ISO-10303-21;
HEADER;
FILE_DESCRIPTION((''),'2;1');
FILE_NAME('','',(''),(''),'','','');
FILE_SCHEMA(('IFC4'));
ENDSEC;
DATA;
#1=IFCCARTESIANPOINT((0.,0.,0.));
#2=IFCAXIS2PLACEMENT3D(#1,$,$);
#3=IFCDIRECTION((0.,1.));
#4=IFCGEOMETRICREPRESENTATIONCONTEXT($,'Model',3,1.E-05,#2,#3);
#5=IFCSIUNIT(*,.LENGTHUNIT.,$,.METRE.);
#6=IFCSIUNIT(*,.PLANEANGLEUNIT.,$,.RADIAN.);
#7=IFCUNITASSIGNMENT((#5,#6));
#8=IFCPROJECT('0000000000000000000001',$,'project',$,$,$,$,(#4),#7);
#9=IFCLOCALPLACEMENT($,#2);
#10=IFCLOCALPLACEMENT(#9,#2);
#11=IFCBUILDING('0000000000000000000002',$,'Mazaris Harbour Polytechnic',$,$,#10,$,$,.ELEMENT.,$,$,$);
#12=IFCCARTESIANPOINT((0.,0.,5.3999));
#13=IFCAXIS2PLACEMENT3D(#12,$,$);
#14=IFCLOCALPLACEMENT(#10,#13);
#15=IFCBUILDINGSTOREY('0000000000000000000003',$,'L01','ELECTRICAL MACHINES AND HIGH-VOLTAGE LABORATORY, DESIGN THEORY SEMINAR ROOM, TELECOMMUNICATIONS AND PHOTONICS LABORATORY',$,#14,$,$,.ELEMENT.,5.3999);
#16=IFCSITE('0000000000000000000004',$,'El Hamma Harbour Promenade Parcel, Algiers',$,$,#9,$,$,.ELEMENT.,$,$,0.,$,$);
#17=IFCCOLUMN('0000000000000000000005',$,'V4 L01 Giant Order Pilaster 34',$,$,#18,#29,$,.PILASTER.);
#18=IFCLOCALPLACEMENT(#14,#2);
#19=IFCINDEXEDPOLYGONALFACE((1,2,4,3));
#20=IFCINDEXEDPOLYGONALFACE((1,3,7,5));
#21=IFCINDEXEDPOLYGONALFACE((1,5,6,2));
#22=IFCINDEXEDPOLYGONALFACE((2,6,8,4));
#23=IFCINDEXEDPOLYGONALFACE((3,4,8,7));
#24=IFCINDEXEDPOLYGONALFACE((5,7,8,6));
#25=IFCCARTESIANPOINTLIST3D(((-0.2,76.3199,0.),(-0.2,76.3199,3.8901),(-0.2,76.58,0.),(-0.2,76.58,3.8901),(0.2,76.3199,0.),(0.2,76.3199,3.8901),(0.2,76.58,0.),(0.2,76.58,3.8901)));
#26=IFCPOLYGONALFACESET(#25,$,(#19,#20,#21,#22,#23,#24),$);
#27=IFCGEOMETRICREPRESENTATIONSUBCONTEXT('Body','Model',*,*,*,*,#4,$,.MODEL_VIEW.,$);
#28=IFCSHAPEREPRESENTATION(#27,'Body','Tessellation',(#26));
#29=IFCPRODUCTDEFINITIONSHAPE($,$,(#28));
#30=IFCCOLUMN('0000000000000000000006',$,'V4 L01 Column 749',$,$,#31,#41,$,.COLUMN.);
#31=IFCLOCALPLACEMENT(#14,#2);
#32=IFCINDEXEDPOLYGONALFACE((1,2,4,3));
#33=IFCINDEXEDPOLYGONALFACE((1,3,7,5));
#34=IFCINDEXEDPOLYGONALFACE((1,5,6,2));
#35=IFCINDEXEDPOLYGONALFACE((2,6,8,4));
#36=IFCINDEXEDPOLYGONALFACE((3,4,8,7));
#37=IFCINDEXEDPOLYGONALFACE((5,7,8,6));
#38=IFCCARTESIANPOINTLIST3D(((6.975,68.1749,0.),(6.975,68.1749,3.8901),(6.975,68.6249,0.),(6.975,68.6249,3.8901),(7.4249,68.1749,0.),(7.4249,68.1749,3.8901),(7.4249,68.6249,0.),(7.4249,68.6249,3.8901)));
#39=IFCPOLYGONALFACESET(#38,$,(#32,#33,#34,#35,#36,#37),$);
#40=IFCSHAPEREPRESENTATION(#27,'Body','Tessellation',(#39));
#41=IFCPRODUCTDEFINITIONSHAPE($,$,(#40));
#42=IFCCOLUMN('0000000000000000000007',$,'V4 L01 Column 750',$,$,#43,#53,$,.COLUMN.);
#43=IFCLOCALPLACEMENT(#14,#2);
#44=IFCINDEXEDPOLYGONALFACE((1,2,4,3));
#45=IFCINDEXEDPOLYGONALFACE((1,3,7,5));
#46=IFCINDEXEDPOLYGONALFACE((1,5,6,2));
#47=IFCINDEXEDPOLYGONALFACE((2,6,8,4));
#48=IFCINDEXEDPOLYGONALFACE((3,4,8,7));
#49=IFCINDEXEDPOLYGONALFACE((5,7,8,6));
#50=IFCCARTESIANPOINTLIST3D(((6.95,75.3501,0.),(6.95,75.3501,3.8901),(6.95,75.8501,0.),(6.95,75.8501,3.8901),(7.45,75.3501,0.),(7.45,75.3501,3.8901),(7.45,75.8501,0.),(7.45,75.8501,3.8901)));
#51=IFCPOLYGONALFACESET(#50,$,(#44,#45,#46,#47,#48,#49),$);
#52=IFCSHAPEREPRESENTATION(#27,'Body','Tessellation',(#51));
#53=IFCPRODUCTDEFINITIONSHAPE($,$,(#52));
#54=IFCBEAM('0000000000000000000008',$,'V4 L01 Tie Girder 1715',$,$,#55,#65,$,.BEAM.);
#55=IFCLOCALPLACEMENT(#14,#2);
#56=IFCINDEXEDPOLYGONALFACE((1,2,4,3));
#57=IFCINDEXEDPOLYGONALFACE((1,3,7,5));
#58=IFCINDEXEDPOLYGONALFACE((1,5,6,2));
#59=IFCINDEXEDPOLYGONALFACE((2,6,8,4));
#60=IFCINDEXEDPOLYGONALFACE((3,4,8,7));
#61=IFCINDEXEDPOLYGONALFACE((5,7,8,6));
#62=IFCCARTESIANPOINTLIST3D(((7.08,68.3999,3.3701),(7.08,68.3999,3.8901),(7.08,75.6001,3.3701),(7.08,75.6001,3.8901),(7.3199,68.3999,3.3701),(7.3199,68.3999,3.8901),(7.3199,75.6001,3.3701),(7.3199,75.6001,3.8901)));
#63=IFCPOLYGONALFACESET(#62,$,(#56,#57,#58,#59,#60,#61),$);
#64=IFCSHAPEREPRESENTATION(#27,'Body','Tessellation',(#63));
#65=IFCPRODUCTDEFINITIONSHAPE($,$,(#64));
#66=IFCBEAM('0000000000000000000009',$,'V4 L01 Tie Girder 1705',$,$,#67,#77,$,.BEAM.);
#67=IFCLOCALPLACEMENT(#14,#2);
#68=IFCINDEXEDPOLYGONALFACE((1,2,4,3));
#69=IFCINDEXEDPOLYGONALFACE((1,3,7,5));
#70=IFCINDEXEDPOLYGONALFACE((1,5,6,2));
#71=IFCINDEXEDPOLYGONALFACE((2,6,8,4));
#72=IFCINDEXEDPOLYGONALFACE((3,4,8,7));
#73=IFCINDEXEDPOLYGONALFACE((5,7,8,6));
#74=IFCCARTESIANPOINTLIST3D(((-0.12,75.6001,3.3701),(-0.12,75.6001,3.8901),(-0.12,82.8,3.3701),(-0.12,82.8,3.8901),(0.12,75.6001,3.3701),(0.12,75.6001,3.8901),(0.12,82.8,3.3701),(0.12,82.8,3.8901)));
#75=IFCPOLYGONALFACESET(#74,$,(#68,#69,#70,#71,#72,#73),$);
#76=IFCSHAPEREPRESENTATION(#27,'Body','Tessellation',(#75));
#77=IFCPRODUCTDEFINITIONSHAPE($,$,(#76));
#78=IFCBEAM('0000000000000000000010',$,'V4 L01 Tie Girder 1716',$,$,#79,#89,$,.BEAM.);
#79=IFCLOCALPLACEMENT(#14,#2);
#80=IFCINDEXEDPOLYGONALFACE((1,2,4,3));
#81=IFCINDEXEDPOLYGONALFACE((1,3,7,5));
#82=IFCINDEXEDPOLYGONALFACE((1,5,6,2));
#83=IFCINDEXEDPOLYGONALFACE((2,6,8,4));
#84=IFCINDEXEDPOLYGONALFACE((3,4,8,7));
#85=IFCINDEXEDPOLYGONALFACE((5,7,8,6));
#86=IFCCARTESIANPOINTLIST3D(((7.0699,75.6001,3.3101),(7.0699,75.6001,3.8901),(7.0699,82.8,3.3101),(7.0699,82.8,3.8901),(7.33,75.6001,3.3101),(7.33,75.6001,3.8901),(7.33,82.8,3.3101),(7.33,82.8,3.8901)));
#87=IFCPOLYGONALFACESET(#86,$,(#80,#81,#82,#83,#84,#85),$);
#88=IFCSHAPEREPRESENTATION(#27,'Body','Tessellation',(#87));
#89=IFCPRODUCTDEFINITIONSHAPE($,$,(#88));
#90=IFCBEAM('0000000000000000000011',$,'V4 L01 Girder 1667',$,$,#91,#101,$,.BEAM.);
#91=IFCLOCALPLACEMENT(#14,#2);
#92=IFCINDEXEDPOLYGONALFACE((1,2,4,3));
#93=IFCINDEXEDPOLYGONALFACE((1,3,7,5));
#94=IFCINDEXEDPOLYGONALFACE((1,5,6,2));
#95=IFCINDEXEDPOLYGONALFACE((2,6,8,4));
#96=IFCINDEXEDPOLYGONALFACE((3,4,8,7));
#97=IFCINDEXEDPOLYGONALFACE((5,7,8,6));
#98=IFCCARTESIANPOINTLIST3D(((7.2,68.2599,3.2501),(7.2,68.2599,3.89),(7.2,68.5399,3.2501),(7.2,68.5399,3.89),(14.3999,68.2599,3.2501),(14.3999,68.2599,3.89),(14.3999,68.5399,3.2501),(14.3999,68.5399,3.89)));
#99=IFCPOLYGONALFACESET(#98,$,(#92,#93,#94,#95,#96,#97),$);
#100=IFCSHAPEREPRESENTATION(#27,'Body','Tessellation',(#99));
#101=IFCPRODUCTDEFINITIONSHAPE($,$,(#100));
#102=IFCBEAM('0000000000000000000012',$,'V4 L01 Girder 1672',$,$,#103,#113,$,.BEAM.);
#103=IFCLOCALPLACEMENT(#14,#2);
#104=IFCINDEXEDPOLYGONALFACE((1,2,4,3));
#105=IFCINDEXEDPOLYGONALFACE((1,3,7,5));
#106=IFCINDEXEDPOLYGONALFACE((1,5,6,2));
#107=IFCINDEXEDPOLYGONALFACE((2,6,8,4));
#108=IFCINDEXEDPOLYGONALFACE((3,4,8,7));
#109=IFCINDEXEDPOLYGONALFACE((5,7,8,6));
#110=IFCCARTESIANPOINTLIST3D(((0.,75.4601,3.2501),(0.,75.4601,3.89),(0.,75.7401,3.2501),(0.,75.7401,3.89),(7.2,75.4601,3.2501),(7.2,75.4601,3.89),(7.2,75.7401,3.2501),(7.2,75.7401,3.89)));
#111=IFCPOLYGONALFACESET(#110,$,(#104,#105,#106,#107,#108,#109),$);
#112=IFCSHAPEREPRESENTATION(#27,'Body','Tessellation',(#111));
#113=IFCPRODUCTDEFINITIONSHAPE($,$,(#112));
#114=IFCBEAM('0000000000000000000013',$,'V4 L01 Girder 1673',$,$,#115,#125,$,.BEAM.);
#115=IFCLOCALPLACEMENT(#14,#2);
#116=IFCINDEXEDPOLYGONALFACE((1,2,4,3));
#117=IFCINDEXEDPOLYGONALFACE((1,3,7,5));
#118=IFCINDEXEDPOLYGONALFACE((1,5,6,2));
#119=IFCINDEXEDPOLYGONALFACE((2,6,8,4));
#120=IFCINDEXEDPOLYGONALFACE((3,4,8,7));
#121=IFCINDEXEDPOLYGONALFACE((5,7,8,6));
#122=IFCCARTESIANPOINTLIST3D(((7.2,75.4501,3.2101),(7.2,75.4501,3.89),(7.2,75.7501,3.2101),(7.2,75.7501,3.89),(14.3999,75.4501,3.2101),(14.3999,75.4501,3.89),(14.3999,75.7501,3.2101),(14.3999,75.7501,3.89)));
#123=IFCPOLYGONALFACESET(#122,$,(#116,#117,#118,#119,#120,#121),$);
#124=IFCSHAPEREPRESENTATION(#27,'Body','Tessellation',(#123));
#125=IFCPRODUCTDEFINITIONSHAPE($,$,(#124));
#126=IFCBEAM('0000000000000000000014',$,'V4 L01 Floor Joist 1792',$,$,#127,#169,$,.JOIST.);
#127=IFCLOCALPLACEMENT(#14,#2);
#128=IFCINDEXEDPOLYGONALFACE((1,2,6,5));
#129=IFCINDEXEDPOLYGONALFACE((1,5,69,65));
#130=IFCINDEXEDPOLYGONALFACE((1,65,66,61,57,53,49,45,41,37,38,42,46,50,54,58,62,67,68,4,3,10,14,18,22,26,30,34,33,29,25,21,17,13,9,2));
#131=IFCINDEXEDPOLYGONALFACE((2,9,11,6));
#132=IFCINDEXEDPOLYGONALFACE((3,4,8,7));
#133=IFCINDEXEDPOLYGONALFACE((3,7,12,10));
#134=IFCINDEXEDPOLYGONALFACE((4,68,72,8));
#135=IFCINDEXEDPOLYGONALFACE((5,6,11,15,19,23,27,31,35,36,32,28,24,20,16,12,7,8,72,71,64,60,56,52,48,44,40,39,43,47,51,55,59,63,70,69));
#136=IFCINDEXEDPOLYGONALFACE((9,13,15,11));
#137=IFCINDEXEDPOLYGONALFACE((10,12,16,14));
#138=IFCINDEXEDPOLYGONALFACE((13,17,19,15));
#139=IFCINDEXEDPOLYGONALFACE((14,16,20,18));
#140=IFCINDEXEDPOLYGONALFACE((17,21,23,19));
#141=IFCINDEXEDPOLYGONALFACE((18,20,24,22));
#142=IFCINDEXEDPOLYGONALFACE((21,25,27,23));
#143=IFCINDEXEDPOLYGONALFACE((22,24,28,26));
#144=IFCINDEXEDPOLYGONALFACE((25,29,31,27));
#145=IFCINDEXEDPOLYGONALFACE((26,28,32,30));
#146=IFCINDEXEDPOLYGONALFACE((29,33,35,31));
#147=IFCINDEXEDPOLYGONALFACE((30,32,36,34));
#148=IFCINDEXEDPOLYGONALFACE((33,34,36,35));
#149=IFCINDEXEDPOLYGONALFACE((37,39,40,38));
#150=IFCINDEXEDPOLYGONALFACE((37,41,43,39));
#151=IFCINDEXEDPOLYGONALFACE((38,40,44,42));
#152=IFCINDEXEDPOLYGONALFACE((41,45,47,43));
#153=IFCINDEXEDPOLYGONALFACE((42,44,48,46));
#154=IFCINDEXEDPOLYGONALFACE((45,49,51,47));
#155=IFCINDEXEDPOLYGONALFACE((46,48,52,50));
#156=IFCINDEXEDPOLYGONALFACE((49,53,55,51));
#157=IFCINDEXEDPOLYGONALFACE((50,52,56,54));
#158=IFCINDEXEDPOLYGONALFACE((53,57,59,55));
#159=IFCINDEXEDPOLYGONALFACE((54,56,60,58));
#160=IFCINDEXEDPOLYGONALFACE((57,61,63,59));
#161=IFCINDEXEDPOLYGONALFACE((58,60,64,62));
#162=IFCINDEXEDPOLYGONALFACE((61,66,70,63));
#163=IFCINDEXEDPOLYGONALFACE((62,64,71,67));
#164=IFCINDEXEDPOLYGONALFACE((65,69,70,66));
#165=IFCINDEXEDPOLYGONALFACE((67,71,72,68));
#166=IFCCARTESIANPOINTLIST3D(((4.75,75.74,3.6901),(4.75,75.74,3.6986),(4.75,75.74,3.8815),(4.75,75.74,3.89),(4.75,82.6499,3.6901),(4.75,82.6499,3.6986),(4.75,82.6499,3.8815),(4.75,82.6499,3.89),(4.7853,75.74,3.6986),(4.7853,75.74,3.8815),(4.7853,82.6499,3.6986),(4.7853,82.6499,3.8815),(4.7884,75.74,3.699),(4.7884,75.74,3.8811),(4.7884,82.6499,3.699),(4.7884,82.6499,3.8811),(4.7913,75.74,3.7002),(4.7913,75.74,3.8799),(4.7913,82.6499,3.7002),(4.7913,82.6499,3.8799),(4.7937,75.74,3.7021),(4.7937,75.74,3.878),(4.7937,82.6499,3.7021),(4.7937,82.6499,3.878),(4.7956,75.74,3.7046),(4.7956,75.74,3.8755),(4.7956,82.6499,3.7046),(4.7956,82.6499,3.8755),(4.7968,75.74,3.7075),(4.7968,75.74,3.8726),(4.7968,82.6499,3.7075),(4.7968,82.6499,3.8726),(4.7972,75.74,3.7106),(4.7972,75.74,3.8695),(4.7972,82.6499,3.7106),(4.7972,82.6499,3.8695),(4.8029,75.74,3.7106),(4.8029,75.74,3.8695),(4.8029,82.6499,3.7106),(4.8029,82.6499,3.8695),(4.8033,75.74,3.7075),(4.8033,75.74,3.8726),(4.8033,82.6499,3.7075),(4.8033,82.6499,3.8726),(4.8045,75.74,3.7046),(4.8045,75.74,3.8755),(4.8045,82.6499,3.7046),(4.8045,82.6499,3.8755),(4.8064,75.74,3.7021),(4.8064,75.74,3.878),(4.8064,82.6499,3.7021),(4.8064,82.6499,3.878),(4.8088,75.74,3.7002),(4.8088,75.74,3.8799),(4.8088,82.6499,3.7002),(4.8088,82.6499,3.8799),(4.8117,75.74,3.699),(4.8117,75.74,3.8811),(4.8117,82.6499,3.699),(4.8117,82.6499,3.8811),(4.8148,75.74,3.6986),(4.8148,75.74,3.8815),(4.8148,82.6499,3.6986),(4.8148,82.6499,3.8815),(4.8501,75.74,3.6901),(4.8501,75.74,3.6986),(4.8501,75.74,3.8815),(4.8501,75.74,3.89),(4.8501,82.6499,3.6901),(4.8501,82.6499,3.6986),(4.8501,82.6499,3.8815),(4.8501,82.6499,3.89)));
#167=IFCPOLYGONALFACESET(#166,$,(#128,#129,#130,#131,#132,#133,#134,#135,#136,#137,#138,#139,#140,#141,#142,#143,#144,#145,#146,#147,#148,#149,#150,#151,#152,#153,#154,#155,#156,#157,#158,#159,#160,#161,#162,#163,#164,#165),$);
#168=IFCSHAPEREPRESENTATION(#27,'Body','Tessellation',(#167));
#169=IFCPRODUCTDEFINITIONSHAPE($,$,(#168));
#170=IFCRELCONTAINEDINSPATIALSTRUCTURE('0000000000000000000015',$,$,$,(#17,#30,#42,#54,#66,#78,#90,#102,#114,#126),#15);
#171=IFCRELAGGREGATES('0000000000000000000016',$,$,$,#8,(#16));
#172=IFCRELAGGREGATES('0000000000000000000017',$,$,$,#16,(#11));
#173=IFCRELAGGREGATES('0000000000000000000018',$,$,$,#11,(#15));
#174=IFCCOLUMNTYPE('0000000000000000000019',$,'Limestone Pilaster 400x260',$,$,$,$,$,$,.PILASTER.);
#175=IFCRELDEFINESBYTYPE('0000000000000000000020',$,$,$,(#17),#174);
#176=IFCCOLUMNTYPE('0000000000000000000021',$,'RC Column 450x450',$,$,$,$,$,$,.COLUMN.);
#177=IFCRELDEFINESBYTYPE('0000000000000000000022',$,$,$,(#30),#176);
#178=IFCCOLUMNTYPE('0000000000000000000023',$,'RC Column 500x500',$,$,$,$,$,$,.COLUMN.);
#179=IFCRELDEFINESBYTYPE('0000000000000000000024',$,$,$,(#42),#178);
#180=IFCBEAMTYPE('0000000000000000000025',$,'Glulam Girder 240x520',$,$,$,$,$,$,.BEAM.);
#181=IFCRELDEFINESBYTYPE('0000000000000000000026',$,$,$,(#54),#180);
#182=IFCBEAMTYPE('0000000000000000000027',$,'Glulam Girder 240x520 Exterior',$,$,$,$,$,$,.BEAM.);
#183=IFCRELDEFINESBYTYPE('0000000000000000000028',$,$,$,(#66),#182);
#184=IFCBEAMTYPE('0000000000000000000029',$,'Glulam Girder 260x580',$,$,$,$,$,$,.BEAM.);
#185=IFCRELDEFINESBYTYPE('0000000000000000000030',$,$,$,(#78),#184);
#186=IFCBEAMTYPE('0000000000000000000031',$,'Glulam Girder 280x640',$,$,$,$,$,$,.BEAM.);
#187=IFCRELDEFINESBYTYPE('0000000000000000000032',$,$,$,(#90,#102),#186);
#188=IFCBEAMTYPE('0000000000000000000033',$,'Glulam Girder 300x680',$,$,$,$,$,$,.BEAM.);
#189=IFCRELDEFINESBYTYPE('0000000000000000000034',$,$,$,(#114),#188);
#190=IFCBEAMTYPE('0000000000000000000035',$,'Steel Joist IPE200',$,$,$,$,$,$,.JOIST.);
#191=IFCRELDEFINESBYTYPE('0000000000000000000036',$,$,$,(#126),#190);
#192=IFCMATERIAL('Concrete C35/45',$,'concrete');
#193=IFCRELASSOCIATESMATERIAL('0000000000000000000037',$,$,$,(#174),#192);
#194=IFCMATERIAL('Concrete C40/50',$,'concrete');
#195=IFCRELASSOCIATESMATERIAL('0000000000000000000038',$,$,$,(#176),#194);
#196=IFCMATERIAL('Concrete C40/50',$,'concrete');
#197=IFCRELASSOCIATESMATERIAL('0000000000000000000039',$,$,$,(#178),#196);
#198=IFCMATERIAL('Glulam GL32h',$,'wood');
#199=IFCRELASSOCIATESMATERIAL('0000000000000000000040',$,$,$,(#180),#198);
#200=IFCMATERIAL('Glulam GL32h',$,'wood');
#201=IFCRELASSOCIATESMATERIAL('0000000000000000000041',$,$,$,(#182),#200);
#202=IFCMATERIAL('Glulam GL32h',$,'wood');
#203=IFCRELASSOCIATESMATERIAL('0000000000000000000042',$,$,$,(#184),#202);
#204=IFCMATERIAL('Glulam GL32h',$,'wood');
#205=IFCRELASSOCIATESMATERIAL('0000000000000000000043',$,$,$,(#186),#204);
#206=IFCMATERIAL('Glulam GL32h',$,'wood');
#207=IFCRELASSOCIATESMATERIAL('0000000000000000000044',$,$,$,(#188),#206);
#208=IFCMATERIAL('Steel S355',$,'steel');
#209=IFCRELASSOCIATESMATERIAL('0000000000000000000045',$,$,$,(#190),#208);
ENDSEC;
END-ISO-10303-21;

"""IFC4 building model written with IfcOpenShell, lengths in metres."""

from ifc_helpers import new_model, si_unit, direction, frame, origin, origin_2d, place, context, subcontext, project, spatial, rectangle, i_section, extrude, material, material_profile, profile_set, type_object, element, save


model = new_model("IFC4")

# Units and contexts
model_context = context("Model", 3, precision=1e-05, world=origin(), true_north=direction((0.0, 1.0)))
body_context = subcontext(model_context, "Body", "Model", "MODEL_VIEW")
ifc_project = project(units=[si_unit("LENGTHUNIT", "METRE"), si_unit("PLANEANGLEUNIT", "RADIAN")], contexts=[model_context])

# Site, building, storey
site_placement = place(None, origin())
site = spatial("IfcSite", under=ifc_project, at=site_placement, Name="El Hamma Harbour Promenade Parcel, Algiers", CompositionType="ELEMENT", RefElevation=0.0)
building_placement = place(site_placement, origin())
building = spatial("IfcBuilding", under=site, at=building_placement, Name="Mazaris Harbour Polytechnic", CompositionType="ELEMENT")
storey_placement = place(building_placement, frame((0.0, 0.0, 5.3999)))
storey = spatial("IfcBuildingStorey", under=building, at=storey_placement, Name="L01", Description="ELECTRICAL MACHINES AND HIGH-VOLTAGE LABORATORY, DESIGN THEORY SEMINAR ROOM, TELECOMMUNICATIONS AND PHOTONICS LABORATORY", CompositionType="ELEMENT", Elevation=5.3999)

# Columns
ifc_material_1 = material(Name="Concrete C35/45", Category="concrete")
ifc_material_profile_1 = material_profile(ifc_material_1, rectangle(XDim=0.3999, YDim=0.26, at=origin_2d()), Name="RECT400x260")
ifc_profile_set_1 = profile_set([ifc_material_profile_1], Name="Concrete C35/45")
column_type_1 = type_object("IfcColumnType", Name="Limestone Pilaster 400x260", PredefinedType="PILASTER", material=ifc_profile_set_1)
column_1_placement = place(storey_placement, frame((0.0, 76.45, 0.0), z_axis=(0.0, 0.0, 1.0), x_axis=(1.0, 0.0, 0.0)))
element("IfcColumn", 1, at=column_1_placement, inside=storey, type_object=column_type_1, Name="V4 L01 Giant Order Pilaster 34", PredefinedType="PILASTER", context=body_context, shape_type="SweptSolid", body=[
    extrude(rectangle(XDim=0.3999, YDim=0.26, at=origin_2d()), origin(), (0.0, 0.0, 1.0), 3.8901),
])
ifc_material_2 = material(Name="Concrete C40/50", Category="concrete")
ifc_material_profile_2 = material_profile(ifc_material_2, rectangle(XDim=0.45, YDim=0.45, at=origin_2d()), Name="RECT450x450")
ifc_profile_set_2 = profile_set([ifc_material_profile_2], Name="Concrete C40/50")
column_type_2 = type_object("IfcColumnType", Name="RC Column 450x450", PredefinedType="COLUMN", material=ifc_profile_set_2)
column_2_placement = place(storey_placement, frame((7.2, 68.3999, 0.0), z_axis=(0.0, 0.0, 1.0), x_axis=(1.0, 0.0, 0.0)))
element("IfcColumn", 2, at=column_2_placement, inside=storey, type_object=column_type_2, Name="V4 L01 Column 749", PredefinedType="COLUMN", context=body_context, shape_type="SweptSolid", body=[
    extrude(rectangle(XDim=0.45, YDim=0.45, at=origin_2d()), origin(), (0.0, 0.0, 1.0), 3.8901),
])
ifc_material_3 = material(Name="Concrete C40/50", Category="concrete")
ifc_material_profile_3 = material_profile(ifc_material_3, rectangle(XDim=0.5, YDim=0.5, at=origin_2d()), Name="RECT500x500")
ifc_profile_set_3 = profile_set([ifc_material_profile_3], Name="Concrete C40/50")
column_type_3 = type_object("IfcColumnType", Name="RC Column 500x500", PredefinedType="COLUMN", material=ifc_profile_set_3)
column_3_placement = place(storey_placement, frame((7.2, 75.6001, 0.0), z_axis=(0.0, 0.0, 1.0), x_axis=(1.0, 0.0, 0.0)))
element("IfcColumn", 3, at=column_3_placement, inside=storey, type_object=column_type_3, Name="V4 L01 Column 750", PredefinedType="COLUMN", context=body_context, shape_type="SweptSolid", body=[
    extrude(rectangle(XDim=0.5, YDim=0.5, at=origin_2d()), origin(), (0.0, 0.0, 1.0), 3.8901),
])

# Beams
ifc_material_4 = material(Name="Glulam GL32h", Category="wood")
ifc_material_profile_4 = material_profile(ifc_material_4, rectangle(XDim=0.24, YDim=0.52, at=origin_2d()), Name="RECT240x520")
ifc_profile_set_4 = profile_set([ifc_material_profile_4], Name="Glulam GL32h")
beam_type_1 = type_object("IfcBeamType", Name="Glulam Girder 240x520", PredefinedType="BEAM", material=ifc_profile_set_4)
beam_1_placement = place(storey_placement, frame((7.2, 68.3999, 3.6301), z_axis=(0.0, 1.0, 0.0), x_axis=(-1.0, 0.0, 0.0)))
element("IfcBeam", 4, at=beam_1_placement, inside=storey, type_object=beam_type_1, Name="V4 L01 Tie Girder 1715", PredefinedType="BEAM", context=body_context, shape_type="SweptSolid", body=[
    extrude(rectangle(XDim=0.24, YDim=0.52, at=origin_2d()), origin(), (0.0, 0.0, 1.0), 7.2002),
])
ifc_material_5 = material(Name="Glulam GL32h", Category="wood")
ifc_material_profile_5 = material_profile(ifc_material_5, rectangle(XDim=0.24, YDim=0.52, at=origin_2d()), Name="RECT240x520")
ifc_profile_set_5 = profile_set([ifc_material_profile_5], Name="Glulam GL32h")
beam_type_2 = type_object("IfcBeamType", Name="Glulam Girder 240x520 Exterior", PredefinedType="BEAM", material=ifc_profile_set_5)
beam_2_placement = place(storey_placement, frame((0.0, 75.6001, 3.6301), z_axis=(0.0, 1.0, 0.0), x_axis=(-1.0, 0.0, 0.0)))
element("IfcBeam", 5, at=beam_2_placement, inside=storey, type_object=beam_type_2, Name="V4 L01 Tie Girder 1705", PredefinedType="BEAM", context=body_context, shape_type="SweptSolid", body=[
    extrude(rectangle(XDim=0.24, YDim=0.52, at=origin_2d()), origin(), (0.0, 0.0, 1.0), 7.2),
])
ifc_material_6 = material(Name="Glulam GL32h", Category="wood")
ifc_material_profile_6 = material_profile(ifc_material_6, rectangle(XDim=0.26, YDim=0.5801, at=origin_2d()), Name="RECT260x580")
ifc_profile_set_6 = profile_set([ifc_material_profile_6], Name="Glulam GL32h")
beam_type_3 = type_object("IfcBeamType", Name="Glulam Girder 260x580", PredefinedType="BEAM", material=ifc_profile_set_6)
beam_3_placement = place(storey_placement, frame((7.2, 75.6001, 3.6001), z_axis=(0.0, 1.0, 0.0), x_axis=(-1.0, 0.0, 0.0)))
element("IfcBeam", 6, at=beam_3_placement, inside=storey, type_object=beam_type_3, Name="V4 L01 Tie Girder 1716", PredefinedType="BEAM", context=body_context, shape_type="SweptSolid", body=[
    extrude(rectangle(XDim=0.26, YDim=0.5801, at=origin_2d()), origin(), (0.0, 0.0, 1.0), 7.2),
])
ifc_material_7 = material(Name="Glulam GL32h", Category="wood")
ifc_material_profile_7 = material_profile(ifc_material_7, rectangle(XDim=0.28, YDim=0.6399, at=origin_2d()), Name="RECT280x640")
ifc_profile_set_7 = profile_set([ifc_material_profile_7], Name="Glulam GL32h")
beam_type_4 = type_object("IfcBeamType", Name="Glulam Girder 280x640", PredefinedType="BEAM", material=ifc_profile_set_7)
for number, where, z_axis, x_axis, name in (
    (7, (7.2, 68.3999, 3.5701), (1.0, 0.0, 0.0), (0.0, 1.0, 0.0), "V4 L01 Girder 1667"),
    (8, (0.0, 75.6001, 3.5701), (1.0, 0.0, 0.0), (0.0, 1.0, 0.0), "V4 L01 Girder 1672"),
):
    element("IfcBeam", number, at=place(storey_placement, frame(where, z_axis=z_axis, x_axis=x_axis)), inside=storey, type_object=beam_type_4, Name=name, PredefinedType="BEAM", context=body_context, shape_type="SweptSolid", body=[
        extrude(rectangle(XDim=0.28, YDim=0.6399, at=origin_2d()), origin(), (0.0, 0.0, 1.0), 7.2),
    ])
ifc_material_8 = material(Name="Glulam GL32h", Category="wood")
ifc_material_profile_8 = material_profile(ifc_material_8, rectangle(XDim=0.3, YDim=0.6799, at=origin_2d()), Name="RECT300x680")
ifc_profile_set_8 = profile_set([ifc_material_profile_8], Name="Glulam GL32h")
beam_type_5 = type_object("IfcBeamType", Name="Glulam Girder 300x680", PredefinedType="BEAM", material=ifc_profile_set_8)
beam_4_placement = place(storey_placement, frame((7.2, 75.6001, 3.55), z_axis=(1.0, 0.0, 0.0), x_axis=(0.0, 1.0, 0.0)))
element("IfcBeam", 9, at=beam_4_placement, inside=storey, type_object=beam_type_5, Name="V4 L01 Girder 1673", PredefinedType="BEAM", context=body_context, shape_type="SweptSolid", body=[
    extrude(rectangle(XDim=0.3, YDim=0.6799, at=origin_2d()), origin(), (0.0, 0.0, 1.0), 7.2),
])
ifc_material_9 = material(Name="Steel S355", Category="steel")
ifc_material_profile_9 = material_profile(ifc_material_9, i_section(OverallWidth=0.1001, OverallDepth=0.2, WebThickness=0.0056, FlangeThickness=0.0085, FilletRadius=0.012, at=origin_2d()), Name="IPE 200")
ifc_profile_set_9 = profile_set([ifc_material_profile_9], Name="Steel S355")
beam_type_6 = type_object("IfcBeamType", Name="Steel Joist IPE200", PredefinedType="JOIST", material=ifc_profile_set_9)
beam_5_placement = place(storey_placement, frame((4.8, 75.74, 3.79), z_axis=(0.0, 1.0, 0.0), x_axis=(-1.0, 0.0, 0.0)))
element("IfcBeam", 10, at=beam_5_placement, inside=storey, type_object=beam_type_6, Name="V4 L01 Floor Joist 1792", PredefinedType="JOIST", context=body_context, shape_type="SweptSolid", body=[
    extrude(i_section(OverallWidth=0.1001, OverallDepth=0.2, WebThickness=0.0056, FlangeThickness=0.0085, FilletRadius=0.012, at=origin_2d()), origin(), (0.0, 0.0, 1.0), 6.9099),
])

save(model, "model.ifc")
